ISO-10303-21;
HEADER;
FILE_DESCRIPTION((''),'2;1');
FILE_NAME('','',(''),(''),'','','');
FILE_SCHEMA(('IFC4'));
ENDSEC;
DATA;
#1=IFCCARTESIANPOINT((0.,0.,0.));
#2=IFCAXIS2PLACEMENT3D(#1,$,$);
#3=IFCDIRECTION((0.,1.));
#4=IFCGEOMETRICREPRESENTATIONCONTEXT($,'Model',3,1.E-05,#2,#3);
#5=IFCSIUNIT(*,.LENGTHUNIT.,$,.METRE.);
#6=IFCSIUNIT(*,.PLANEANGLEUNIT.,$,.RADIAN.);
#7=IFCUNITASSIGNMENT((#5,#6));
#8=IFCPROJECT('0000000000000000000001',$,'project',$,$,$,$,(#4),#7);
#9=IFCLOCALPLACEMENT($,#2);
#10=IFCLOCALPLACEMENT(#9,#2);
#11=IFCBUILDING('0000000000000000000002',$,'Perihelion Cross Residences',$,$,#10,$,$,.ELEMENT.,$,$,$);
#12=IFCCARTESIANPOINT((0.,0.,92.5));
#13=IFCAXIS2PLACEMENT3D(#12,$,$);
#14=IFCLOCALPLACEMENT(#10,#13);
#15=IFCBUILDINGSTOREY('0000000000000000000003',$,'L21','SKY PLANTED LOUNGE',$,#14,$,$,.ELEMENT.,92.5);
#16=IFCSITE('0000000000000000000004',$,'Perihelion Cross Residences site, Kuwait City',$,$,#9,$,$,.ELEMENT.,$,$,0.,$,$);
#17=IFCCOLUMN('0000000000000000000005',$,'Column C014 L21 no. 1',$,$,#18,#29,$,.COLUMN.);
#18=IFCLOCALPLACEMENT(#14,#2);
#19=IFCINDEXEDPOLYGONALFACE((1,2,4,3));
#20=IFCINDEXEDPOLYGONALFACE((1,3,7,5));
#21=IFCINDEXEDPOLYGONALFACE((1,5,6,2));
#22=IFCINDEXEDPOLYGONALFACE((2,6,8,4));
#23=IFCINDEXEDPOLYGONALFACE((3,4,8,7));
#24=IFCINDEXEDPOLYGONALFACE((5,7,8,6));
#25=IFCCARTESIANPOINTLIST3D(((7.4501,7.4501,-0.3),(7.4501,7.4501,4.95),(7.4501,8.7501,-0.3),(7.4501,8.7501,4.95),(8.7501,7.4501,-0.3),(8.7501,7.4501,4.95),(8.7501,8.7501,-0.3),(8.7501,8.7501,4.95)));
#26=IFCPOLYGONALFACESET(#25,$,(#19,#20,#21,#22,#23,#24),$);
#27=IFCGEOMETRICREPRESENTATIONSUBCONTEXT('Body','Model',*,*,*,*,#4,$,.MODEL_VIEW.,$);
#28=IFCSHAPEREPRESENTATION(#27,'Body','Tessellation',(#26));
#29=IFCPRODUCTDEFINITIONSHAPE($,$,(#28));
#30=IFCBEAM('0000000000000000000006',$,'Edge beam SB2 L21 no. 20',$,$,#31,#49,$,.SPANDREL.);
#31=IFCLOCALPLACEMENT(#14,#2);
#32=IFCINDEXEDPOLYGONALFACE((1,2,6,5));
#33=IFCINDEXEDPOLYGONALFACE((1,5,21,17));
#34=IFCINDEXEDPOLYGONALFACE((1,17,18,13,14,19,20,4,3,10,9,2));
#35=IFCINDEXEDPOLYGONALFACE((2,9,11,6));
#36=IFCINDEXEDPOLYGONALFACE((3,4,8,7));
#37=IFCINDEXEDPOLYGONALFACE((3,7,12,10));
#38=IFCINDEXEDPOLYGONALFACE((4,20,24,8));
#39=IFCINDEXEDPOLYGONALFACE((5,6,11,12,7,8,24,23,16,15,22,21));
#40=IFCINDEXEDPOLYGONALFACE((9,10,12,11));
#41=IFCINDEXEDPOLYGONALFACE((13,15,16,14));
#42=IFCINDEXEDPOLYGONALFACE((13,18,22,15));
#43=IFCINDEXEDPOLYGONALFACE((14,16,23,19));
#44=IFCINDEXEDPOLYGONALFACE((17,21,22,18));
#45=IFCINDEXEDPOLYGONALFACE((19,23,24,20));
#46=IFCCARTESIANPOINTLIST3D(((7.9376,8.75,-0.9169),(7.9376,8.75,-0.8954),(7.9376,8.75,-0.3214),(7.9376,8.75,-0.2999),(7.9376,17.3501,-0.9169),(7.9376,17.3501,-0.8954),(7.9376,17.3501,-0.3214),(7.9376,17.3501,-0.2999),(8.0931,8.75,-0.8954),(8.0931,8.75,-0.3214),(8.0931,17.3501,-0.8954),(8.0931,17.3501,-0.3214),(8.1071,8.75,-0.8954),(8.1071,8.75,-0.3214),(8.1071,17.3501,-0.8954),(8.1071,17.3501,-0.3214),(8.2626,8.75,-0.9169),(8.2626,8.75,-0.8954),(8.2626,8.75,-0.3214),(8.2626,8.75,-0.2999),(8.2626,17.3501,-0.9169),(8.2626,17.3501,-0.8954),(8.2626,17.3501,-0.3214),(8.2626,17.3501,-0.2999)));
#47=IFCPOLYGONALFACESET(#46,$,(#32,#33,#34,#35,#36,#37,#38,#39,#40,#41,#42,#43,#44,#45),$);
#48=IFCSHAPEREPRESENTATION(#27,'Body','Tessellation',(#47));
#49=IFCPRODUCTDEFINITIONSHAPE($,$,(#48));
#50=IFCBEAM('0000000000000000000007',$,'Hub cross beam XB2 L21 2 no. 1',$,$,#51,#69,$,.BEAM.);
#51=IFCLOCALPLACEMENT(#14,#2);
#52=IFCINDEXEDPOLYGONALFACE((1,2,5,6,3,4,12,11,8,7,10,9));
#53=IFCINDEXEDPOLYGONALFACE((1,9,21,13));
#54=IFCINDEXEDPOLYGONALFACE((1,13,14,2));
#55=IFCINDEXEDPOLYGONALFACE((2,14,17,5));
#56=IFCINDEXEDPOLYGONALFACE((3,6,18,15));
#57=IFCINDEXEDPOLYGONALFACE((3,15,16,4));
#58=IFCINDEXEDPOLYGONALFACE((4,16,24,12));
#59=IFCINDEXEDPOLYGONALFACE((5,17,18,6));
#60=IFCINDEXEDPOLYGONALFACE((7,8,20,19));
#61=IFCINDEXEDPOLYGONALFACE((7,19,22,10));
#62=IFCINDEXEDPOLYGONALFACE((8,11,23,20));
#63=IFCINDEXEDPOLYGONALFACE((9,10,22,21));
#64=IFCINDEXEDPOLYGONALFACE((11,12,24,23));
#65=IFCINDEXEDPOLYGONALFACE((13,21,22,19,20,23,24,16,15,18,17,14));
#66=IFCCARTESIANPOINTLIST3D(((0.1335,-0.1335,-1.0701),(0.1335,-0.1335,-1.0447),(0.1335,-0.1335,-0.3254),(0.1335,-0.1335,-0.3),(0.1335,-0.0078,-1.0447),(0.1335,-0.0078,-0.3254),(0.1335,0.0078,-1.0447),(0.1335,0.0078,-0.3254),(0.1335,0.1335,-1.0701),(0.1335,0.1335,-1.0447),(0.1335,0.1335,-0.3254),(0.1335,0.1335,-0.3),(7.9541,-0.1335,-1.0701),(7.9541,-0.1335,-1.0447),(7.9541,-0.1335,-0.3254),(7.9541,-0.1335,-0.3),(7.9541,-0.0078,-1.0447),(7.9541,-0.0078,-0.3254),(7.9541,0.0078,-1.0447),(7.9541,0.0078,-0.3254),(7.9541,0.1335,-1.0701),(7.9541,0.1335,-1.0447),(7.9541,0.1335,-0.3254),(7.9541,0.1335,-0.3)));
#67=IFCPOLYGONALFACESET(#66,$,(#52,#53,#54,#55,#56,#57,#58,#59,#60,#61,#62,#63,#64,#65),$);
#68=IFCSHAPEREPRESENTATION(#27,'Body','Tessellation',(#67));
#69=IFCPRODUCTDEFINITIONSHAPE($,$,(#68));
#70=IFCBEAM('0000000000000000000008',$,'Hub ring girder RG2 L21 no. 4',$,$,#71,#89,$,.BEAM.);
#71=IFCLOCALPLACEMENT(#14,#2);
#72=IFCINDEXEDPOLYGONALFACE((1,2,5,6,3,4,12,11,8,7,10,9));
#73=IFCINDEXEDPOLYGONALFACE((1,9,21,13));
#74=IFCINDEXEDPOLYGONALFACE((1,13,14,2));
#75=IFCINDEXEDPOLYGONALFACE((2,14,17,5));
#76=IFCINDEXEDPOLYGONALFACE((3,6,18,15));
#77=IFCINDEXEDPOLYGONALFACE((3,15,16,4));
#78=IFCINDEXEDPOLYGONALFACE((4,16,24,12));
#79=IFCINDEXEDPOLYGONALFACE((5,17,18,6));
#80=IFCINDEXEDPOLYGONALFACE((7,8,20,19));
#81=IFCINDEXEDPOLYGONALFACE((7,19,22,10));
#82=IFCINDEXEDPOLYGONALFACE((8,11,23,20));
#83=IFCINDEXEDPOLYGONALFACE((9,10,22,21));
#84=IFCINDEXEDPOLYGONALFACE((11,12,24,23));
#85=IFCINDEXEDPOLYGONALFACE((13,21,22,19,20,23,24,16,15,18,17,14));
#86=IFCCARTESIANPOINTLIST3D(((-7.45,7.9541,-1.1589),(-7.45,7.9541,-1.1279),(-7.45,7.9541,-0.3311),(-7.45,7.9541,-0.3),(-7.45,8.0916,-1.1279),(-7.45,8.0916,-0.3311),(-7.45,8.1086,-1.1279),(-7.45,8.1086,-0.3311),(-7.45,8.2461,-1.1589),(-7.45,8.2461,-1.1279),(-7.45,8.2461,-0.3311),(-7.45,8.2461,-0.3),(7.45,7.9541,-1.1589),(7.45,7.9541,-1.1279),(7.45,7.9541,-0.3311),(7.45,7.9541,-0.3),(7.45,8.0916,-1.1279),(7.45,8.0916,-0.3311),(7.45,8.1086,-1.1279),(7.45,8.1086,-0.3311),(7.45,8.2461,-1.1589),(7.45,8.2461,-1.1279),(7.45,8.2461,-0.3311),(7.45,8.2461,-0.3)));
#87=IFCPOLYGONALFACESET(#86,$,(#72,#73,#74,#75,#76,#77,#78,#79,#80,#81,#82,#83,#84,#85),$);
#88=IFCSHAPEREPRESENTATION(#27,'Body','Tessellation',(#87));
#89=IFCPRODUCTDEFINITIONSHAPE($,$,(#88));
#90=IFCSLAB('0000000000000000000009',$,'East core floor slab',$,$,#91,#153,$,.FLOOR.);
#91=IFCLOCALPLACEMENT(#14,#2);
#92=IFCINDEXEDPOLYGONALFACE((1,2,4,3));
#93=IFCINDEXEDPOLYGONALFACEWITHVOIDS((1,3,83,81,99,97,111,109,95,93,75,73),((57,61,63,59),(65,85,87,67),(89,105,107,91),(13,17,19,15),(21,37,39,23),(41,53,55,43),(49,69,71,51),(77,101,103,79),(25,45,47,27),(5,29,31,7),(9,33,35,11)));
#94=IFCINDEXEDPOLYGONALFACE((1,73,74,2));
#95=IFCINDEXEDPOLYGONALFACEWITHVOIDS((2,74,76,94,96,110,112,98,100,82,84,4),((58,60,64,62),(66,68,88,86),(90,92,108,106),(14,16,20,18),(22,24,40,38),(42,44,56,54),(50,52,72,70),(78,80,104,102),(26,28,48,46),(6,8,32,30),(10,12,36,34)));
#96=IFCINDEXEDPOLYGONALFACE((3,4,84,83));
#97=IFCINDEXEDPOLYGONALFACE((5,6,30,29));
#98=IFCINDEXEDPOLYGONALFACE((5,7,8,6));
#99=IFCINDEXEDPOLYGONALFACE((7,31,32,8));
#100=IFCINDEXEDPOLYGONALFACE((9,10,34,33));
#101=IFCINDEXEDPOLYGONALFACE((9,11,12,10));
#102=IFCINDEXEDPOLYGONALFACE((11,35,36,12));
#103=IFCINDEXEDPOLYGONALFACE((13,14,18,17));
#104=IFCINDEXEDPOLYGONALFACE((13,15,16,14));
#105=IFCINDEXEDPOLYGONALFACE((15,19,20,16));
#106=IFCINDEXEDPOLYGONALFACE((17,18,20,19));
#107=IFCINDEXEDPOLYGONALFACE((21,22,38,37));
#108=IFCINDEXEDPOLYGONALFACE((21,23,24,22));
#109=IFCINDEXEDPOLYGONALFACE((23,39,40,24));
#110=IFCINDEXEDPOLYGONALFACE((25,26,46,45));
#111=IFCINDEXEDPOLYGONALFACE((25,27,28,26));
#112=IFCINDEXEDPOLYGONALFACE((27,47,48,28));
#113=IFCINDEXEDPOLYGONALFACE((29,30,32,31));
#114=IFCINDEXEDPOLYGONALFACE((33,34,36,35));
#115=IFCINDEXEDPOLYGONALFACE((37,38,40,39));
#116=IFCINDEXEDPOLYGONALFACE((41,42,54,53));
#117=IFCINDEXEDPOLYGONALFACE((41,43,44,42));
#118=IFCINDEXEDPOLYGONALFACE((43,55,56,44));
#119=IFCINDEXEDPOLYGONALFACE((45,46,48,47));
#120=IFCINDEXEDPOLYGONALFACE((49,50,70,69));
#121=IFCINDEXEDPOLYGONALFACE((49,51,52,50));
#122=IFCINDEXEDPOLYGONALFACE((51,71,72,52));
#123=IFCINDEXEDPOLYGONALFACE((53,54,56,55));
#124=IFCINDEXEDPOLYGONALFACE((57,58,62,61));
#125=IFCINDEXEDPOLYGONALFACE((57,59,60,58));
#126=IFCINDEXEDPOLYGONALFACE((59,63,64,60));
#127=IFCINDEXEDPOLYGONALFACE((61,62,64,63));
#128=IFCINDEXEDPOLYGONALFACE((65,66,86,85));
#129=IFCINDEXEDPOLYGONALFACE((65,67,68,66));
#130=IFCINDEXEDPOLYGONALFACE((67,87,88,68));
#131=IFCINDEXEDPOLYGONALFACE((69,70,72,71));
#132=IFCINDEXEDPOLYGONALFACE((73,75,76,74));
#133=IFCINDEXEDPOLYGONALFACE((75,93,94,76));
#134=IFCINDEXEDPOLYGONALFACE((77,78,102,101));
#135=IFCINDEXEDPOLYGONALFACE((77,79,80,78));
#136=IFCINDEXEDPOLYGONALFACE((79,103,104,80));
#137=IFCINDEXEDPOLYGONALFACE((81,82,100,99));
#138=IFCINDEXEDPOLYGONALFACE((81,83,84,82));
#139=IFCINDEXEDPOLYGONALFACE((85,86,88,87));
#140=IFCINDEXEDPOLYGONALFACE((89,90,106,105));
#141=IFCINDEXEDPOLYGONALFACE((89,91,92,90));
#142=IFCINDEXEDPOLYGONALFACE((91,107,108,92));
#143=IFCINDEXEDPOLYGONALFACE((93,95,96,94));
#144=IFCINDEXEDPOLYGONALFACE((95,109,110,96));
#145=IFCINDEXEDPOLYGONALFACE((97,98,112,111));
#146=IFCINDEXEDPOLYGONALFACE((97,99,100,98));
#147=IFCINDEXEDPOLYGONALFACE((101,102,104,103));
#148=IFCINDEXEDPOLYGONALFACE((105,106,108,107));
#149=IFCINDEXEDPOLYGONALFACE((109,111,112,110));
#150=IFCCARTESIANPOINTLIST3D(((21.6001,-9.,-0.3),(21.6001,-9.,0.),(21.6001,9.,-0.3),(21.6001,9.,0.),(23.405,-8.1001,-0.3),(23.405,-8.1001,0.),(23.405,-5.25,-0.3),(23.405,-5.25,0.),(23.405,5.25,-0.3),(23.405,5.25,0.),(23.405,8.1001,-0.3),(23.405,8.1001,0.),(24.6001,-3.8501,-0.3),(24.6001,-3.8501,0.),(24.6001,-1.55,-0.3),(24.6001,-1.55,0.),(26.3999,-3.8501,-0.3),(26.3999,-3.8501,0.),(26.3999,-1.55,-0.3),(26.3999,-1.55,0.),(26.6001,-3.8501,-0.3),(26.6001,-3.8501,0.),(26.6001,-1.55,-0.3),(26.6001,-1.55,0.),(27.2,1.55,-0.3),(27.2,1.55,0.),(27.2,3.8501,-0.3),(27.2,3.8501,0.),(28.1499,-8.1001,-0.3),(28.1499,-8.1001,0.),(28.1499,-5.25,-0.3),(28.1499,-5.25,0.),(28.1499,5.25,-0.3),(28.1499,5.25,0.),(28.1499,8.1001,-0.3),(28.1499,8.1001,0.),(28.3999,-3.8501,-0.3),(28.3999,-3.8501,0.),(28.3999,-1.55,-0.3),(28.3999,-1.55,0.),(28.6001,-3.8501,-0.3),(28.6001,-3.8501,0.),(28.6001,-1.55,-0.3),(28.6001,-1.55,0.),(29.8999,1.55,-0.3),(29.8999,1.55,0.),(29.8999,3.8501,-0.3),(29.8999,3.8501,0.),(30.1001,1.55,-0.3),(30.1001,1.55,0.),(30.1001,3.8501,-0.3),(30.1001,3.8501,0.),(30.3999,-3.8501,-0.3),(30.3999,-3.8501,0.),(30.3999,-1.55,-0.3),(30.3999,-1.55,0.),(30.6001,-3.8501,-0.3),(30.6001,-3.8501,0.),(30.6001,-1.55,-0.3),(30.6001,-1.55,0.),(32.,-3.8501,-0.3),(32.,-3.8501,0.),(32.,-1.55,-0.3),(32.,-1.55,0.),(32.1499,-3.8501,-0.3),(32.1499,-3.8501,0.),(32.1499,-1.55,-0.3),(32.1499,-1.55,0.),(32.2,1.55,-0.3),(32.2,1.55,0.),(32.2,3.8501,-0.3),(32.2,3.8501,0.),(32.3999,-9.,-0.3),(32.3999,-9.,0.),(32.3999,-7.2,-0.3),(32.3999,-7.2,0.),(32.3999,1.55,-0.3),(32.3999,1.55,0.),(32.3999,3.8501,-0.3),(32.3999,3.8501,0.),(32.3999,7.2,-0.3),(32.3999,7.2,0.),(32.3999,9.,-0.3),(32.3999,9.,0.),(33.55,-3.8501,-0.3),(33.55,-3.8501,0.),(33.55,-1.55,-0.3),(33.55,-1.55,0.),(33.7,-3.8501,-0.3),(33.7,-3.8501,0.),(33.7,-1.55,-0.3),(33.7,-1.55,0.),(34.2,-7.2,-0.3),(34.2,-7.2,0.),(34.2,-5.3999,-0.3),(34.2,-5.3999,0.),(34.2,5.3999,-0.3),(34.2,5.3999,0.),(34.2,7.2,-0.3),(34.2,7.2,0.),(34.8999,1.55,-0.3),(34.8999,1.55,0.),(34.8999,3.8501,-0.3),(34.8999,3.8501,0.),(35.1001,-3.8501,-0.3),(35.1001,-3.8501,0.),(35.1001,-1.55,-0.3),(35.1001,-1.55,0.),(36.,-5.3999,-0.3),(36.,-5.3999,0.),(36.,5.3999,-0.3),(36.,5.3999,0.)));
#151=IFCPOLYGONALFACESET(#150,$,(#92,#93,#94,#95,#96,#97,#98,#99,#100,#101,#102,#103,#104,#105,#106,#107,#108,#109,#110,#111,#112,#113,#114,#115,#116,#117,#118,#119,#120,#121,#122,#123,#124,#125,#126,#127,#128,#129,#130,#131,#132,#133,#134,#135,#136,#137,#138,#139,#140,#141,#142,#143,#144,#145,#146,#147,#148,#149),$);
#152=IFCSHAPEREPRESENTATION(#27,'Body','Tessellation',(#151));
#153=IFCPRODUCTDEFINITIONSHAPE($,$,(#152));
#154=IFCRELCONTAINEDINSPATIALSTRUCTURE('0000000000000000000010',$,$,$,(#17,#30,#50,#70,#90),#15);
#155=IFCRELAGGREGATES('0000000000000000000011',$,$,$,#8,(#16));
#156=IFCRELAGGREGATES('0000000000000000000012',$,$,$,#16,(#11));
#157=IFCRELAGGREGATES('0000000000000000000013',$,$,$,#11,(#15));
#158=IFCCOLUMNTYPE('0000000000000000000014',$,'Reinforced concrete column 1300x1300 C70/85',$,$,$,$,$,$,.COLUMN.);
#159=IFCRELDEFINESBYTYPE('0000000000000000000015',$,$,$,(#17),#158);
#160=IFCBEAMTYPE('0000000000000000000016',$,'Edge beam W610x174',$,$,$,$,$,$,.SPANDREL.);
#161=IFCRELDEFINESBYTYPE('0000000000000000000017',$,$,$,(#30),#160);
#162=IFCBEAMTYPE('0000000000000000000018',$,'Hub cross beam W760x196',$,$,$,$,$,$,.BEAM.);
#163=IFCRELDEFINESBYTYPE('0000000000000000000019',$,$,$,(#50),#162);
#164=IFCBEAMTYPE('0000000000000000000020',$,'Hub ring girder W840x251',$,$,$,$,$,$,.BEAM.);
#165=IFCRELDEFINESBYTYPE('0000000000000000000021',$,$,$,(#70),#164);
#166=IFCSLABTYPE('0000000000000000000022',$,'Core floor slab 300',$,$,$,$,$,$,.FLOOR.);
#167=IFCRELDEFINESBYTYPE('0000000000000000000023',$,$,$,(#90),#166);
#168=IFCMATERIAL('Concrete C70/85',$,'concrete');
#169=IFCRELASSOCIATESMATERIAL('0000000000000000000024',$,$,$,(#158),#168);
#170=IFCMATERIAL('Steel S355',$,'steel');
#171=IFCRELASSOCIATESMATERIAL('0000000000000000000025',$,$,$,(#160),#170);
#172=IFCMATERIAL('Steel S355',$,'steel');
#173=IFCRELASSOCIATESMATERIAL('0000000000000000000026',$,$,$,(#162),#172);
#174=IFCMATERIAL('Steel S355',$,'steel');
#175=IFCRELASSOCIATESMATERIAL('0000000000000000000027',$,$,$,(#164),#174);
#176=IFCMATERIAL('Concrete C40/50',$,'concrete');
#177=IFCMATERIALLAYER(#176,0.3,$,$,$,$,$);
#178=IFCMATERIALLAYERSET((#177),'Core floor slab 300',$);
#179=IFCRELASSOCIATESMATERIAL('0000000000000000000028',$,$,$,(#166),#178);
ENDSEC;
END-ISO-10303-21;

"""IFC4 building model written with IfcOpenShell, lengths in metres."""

from ifc_helpers import new_model, si_unit, direction, frame, origin, origin_2d, place, context, subcontext, project, spatial, polyline, rectangle, i_section, outline, extrude, material, layer, layer_set, material_profile, profile_set, type_object, element, save


model = new_model("IFC4")

# Units and contexts
model_context = context("Model", 3, precision=1e-05, world=origin(), true_north=direction((0.0, 1.0)))
body_context = subcontext(model_context, "Body", "Model", "MODEL_VIEW")
ifc_project = project(units=[si_unit("LENGTHUNIT", "METRE"), si_unit("PLANEANGLEUNIT", "RADIAN")], contexts=[model_context])

# Site, building, storey
site_placement = place(None, origin())
site = spatial("IfcSite", under=ifc_project, at=site_placement, Name="Perihelion Cross Residences site, Kuwait City", CompositionType="ELEMENT", RefElevation=0.0)
building_placement = place(site_placement, origin())
building = spatial("IfcBuilding", under=site, at=building_placement, Name="Perihelion Cross Residences", CompositionType="ELEMENT")
storey_placement = place(building_placement, frame((0.0, 0.0, 92.5)))
storey = spatial("IfcBuildingStorey", under=building, at=storey_placement, Name="L21", Description="SKY PLANTED LOUNGE", CompositionType="ELEMENT", Elevation=92.5)

# Column
ifc_material_1 = material(Name="Concrete C70/85", Category="concrete")
ifc_material_profile_1 = material_profile(ifc_material_1, rectangle(XDim=1.3, YDim=1.3, at=origin_2d()), Name="RC 1300x1300")
ifc_profile_set_1 = profile_set([ifc_material_profile_1], Name="Concrete C70/85")
column_type = type_object("IfcColumnType", Name="Reinforced concrete column 1300x1300 C70/85", PredefinedType="COLUMN", material=ifc_profile_set_1)
column_placement = place(storey_placement, frame((8.1001, 8.1001, -0.3), z_axis=(0.0, 0.0, 1.0), x_axis=(1.0, 0.0, 0.0)))
element("IfcColumn", 1, at=column_placement, inside=storey, type_object=column_type, Name="Column C014 L21 no. 1", PredefinedType="COLUMN", context=body_context, shape_type="SweptSolid", body=[
    extrude(rectangle(XDim=1.3, YDim=1.3, at=origin_2d()), origin(), (0.0, 0.0, 1.0), 5.25),
])

# Beams
ifc_material_2 = material(Name="Steel S355", Category="steel")
ifc_material_profile_2 = material_profile(ifc_material_2, i_section(OverallWidth=0.325, OverallDepth=0.6169, WebThickness=0.0139, FlangeThickness=0.0215, at=origin_2d()), Name="W610x174")
ifc_profile_set_2 = profile_set([ifc_material_profile_2], Name="Steel S355")
beam_type_1 = type_object("IfcBeamType", Name="Edge beam W610x174", PredefinedType="SPANDREL", material=ifc_profile_set_2)
beam_1_placement = place(storey_placement, frame((8.1001, 8.75, -0.6084), z_axis=(0.0, 1.0, 0.0), x_axis=(-1.0, 0.0, 0.0)))
element("IfcBeam", 2, at=beam_1_placement, inside=storey, type_object=beam_type_1, Name="Edge beam SB2 L21 no. 20", PredefinedType="SPANDREL", context=body_context, shape_type="SweptSolid", body=[
    extrude(i_section(OverallWidth=0.325, OverallDepth=0.6169, WebThickness=0.0139, FlangeThickness=0.0215, at=origin_2d()), origin(), (0.0, 0.0, 1.0), 8.6001),
])
ifc_material_3 = material(Name="Steel S355", Category="steel")
ifc_material_profile_3 = material_profile(ifc_material_3, i_section(OverallWidth=0.2671, OverallDepth=0.77, WebThickness=0.0156, FlangeThickness=0.0254, at=origin_2d()), Name="W760x196")
ifc_profile_set_3 = profile_set([ifc_material_profile_3], Name="Steel S355")
beam_type_2 = type_object("IfcBeamType", Name="Hub cross beam W760x196", PredefinedType="BEAM", material=ifc_profile_set_3)
beam_2_placement = place(storey_placement, frame((0.1335, 0.0, -0.6851), z_axis=(1.0, 0.0, 0.0), x_axis=(0.0, 1.0, 0.0)))
element("IfcBeam", 3, at=beam_2_placement, inside=storey, type_object=beam_type_2, Name="Hub cross beam XB2 L21 2 no. 1", PredefinedType="BEAM", context=body_context, shape_type="SweptSolid", body=[
    extrude(i_section(OverallWidth=0.2671, OverallDepth=0.77, WebThickness=0.0156, FlangeThickness=0.0254, at=origin_2d()), origin(), (0.0, 0.0, 1.0), 7.8206),
])
ifc_material_4 = material(Name="Steel S355", Category="steel")
ifc_material_profile_4 = material_profile(ifc_material_4, i_section(OverallWidth=0.292, OverallDepth=0.8589, WebThickness=0.0171, FlangeThickness=0.031, at=origin_2d()), Name="W840x251")
ifc_profile_set_4 = profile_set([ifc_material_profile_4], Name="Steel S355")
beam_type_3 = type_object("IfcBeamType", Name="Hub ring girder W840x251", PredefinedType="BEAM", material=ifc_profile_set_4)
beam_3_placement = place(storey_placement, frame((7.45, 8.1001, -0.7295), z_axis=(-1.0, 0.0, 0.0), x_axis=(0.0, -1.0, 0.0)))
element("IfcBeam", 4, at=beam_3_placement, inside=storey, type_object=beam_type_3, Name="Hub ring girder RG2 L21 no. 4", PredefinedType="BEAM", context=body_context, shape_type="SweptSolid", body=[
    extrude(i_section(OverallWidth=0.292, OverallDepth=0.8589, WebThickness=0.0171, FlangeThickness=0.031, at=origin_2d()), origin(), (0.0, 0.0, 1.0), 14.8999),
])

# Slab
ifc_material_5 = material(Name="Concrete C40/50", Category="concrete")
ifc_layer_1 = layer(ifc_material_5, 0.3)
ifc_layer_set_1 = layer_set([ifc_layer_1], Name="Core floor slab 300")
slab_type_1 = type_object("IfcSlabType", Name="Core floor slab 300", PredefinedType="FLOOR", material=ifc_layer_set_1)
slab_1_placement = place(storey_placement, frame((0.0, 0.0, -0.3)))
element("IfcSlab", 5, at=slab_1_placement, inside=storey, type_object=slab_type_1, Name="East core floor slab", PredefinedType="FLOOR", context=body_context, shape_type="SweptSolid", body=[
    extrude(outline(polyline([(32.3999, 7.2), (34.2, 7.2), (34.2, 5.3999), (36.0, 5.3999), (36.0, -5.3999), (34.2, -5.3999), (34.2, -7.2), (32.3999, -7.2), (32.3999, -9.0), (21.6001, -9.0), (21.6001, 9.0), (32.3999, 9.0), (32.3999, 7.2)]), holes=[polyline([(23.405, -8.1001), (28.1499, -8.1001), (28.1499, -5.25), (23.405, -5.25), (23.405, -8.1001)]), polyline([(24.6001, -1.55), (24.6001, -3.8501), (26.3999, -3.8501), (26.3999, -1.55), (24.6001, -1.55)]), polyline([(26.6001, -1.55), (26.6001, -3.8501), (28.3999, -3.8501), (28.3999, -1.55), (26.6001, -1.55)]), polyline([(30.3999, -1.55), (28.6001, -1.55), (28.6001, -3.8501), (30.3999, -3.8501), (30.3999, -1.55)]), polyline([(29.8999, 3.8501), (27.2, 3.8501), (27.2, 1.55), (29.8999, 1.55), (29.8999, 3.8501)]), polyline([(23.405, 5.25), (28.1499, 5.25), (28.1499, 8.1001), (23.405, 8.1001), (23.405, 5.25)]), polyline([(32.0, -1.55), (30.6001, -1.55), (30.6001, -3.8501), (32.0, -3.8501), (32.0, -1.55)]), polyline([(33.55, -1.55), (32.1499, -1.55), (32.1499, -3.8501), (33.55, -3.8501), (33.55, -1.55)]), polyline([(33.7, -1.55), (33.7, -3.8501), (35.1001, -3.8501), (35.1001, -1.55), (33.7, -1.55)]), polyline([(32.2, 3.8501), (30.1001, 3.8501), (30.1001, 1.55), (32.2, 1.55), (32.2, 3.8501)]), polyline([(34.8999, 3.8501), (32.3999, 3.8501), (32.3999, 1.55), (34.8999, 1.55), (34.8999, 3.8501)])]), origin(), (0.0, 0.0, 1.0), 0.3),
])

save(model, "model.ifc")
